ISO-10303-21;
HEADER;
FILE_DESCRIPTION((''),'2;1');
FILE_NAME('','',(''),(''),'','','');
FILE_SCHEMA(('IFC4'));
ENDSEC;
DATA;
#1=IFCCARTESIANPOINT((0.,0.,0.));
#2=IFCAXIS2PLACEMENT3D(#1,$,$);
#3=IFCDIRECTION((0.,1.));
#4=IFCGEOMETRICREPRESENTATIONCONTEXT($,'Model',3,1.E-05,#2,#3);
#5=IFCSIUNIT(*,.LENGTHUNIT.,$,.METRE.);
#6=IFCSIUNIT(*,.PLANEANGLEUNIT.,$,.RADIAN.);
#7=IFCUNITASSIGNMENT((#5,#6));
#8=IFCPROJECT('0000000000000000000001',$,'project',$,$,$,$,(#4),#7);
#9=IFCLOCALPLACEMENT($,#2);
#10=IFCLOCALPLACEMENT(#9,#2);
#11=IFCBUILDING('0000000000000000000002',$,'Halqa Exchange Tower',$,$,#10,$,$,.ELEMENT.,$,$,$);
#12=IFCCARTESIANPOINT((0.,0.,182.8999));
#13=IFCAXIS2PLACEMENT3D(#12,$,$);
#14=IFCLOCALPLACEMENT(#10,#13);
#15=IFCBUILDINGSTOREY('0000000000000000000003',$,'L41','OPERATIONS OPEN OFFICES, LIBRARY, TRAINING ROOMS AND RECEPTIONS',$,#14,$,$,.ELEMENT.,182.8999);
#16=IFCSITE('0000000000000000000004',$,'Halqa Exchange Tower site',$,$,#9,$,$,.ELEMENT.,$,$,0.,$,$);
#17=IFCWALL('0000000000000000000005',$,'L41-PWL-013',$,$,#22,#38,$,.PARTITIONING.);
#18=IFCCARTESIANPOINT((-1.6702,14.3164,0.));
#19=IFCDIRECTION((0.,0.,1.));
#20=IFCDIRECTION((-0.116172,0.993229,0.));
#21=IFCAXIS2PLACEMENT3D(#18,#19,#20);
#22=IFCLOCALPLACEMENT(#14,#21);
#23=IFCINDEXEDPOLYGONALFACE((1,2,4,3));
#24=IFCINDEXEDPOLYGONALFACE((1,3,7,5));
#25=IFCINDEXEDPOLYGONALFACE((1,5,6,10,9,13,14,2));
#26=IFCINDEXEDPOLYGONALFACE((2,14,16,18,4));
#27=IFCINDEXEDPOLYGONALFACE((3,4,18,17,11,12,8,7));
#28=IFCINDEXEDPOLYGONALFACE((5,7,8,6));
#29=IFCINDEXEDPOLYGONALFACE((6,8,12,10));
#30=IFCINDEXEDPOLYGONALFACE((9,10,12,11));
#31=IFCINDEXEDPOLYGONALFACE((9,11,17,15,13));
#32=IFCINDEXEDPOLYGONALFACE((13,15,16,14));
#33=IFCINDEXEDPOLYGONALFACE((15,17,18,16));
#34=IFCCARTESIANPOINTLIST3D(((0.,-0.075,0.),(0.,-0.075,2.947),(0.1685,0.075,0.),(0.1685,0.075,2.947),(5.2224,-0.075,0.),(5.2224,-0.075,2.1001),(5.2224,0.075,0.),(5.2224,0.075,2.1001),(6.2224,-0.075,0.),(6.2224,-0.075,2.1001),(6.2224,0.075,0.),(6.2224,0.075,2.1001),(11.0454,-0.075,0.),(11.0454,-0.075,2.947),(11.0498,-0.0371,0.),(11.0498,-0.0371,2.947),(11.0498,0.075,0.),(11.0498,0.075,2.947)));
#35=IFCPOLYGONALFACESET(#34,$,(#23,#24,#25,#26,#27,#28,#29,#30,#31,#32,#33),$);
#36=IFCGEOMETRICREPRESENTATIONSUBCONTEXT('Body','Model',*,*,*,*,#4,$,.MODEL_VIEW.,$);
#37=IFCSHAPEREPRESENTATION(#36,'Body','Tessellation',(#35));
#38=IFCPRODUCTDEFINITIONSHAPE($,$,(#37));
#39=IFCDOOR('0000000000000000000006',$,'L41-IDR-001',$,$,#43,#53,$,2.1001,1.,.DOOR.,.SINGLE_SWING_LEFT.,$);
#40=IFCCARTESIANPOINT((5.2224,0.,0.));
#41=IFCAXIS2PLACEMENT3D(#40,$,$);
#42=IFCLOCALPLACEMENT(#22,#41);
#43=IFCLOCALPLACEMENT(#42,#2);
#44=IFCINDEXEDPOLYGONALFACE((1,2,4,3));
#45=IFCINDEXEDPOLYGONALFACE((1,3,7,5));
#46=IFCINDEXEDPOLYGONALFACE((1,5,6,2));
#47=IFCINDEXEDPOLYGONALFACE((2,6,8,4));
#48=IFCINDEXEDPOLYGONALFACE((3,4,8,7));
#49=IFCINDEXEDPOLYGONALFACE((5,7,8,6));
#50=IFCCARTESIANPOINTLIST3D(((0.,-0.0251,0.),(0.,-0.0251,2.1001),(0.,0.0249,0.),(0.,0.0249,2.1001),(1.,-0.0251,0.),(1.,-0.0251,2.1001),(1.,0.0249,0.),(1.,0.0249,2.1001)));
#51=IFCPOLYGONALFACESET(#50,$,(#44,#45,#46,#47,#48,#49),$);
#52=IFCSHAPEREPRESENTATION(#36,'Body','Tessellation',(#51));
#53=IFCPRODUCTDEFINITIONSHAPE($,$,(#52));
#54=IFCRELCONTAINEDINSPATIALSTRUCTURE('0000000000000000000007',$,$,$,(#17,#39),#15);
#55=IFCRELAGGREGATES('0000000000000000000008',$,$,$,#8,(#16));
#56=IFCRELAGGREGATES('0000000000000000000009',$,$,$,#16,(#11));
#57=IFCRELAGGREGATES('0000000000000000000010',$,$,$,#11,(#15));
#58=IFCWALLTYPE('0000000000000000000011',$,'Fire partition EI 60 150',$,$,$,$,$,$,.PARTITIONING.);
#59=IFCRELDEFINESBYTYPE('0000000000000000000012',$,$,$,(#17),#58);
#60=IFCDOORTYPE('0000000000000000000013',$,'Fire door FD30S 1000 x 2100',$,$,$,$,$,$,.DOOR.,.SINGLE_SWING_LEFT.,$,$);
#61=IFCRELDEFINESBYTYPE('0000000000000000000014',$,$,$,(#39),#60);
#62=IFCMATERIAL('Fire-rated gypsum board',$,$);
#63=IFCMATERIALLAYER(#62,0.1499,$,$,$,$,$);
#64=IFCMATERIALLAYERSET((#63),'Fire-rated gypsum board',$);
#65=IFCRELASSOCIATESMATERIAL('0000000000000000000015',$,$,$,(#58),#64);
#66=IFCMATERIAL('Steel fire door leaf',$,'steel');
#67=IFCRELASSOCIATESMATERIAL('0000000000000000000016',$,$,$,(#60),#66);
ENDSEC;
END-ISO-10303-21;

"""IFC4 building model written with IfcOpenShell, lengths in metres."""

from ifc_helpers import new_model, si_unit, direction, frame, frame_2d, origin, place, context, subcontext, project, spatial, polyline, rectangle, outline, extrude, material, layer, layer_set, type_object, element, fill, save


model = new_model("IFC4")

# Units and contexts
model_context = context("Model", 3, precision=1e-05, world=origin(), true_north=direction((0.0, 1.0)))
body_context = subcontext(model_context, "Body", "Model", "MODEL_VIEW")
ifc_project = project(units=[si_unit("LENGTHUNIT", "METRE"), si_unit("PLANEANGLEUNIT", "RADIAN")], contexts=[model_context])

# Site, building, storey
site_placement = place(None, origin())
site = spatial("IfcSite", under=ifc_project, at=site_placement, Name="Halqa Exchange Tower site", CompositionType="ELEMENT", RefElevation=0.0)
building_placement = place(site_placement, origin())
building = spatial("IfcBuilding", under=site, at=building_placement, Name="Halqa Exchange Tower", CompositionType="ELEMENT")
storey_placement = place(building_placement, frame((0.0, 0.0, 182.8999)))
storey = spatial("IfcBuildingStorey", under=building, at=storey_placement, Name="L41", Description="OPERATIONS OPEN OFFICES, LIBRARY, TRAINING ROOMS AND RECEPTIONS", CompositionType="ELEMENT", Elevation=182.8999)

# Shared definitions
ifc_material_1 = material(Name="Fire-rated gypsum board")
ifc_layer_1 = layer(ifc_material_1, 0.1499)
ifc_layer_set_1 = layer_set([ifc_layer_1], Name="Fire-rated gypsum board")
wall_type_1 = type_object("IfcWallType", Name="Fire partition EI 60 150", PredefinedType="PARTITIONING", material=ifc_layer_set_1)

# Wall, opening, door
wall_1_placement = place(storey_placement, frame((-1.6702, 14.3164, 0.0), z_axis=(0.0, 0.0, 1.0), x_axis=(-0.116172, 0.993229, 0.0)))
wall_1 = element("IfcWall", 1, at=wall_1_placement, inside=storey, type_object=wall_type_1, Name="L41-PWL-013", PredefinedType="PARTITIONING", context=body_context, shape_type="SweptSolid", body=[
    extrude(outline(polyline([(0.0, -0.075), (1.8408, -0.075), (3.6819, -0.075), (5.5227, -0.075), (7.3635, -0.075), (9.2046, -0.075), (11.0454, -0.075), (11.0498, -0.0371), (11.0498, 0.075), (9.2363, 0.075), (7.4226, 0.075), (5.6091, 0.075), (3.7954, 0.075), (1.9819, 0.075), (0.1685, 0.075), (0.0842, 0.0), (0.0, -0.075), (0.0, -0.075)])), origin(), (0.0, 0.0, 1.0), 2.947),
])
opening_1_placement = place(wall_1_placement, frame((5.2224, 0.0, 0.0)))
opening_1 = element("IfcOpeningElement", 2, at=opening_1_placement, cuts=wall_1, PredefinedType="OPENING", context=body_context, shape_type="SweptSolid", body=[
    extrude(rectangle(XDim=1.0, YDim=2.1001, at=frame_2d((0.5, 1.05))), frame((0.0, 0.0869, 0.0), z_axis=(0.0, -1.0, 0.0), x_axis=(1.0, 0.0, 0.0)), (0.0, 0.0, 1.0), 0.1738),
])
ifc_material_2 = material(Name="Steel fire door leaf", Category="steel")
door_type = type_object("IfcDoorType", Name="Fire door FD30S 1000 x 2100", OperationType="SINGLE_SWING_LEFT", PredefinedType="DOOR", material=ifc_material_2)
door_placement = place(opening_1_placement, origin())
door = element("IfcDoor", 3, at=door_placement, inside=storey, type_object=door_type, Name="L41-IDR-001", OperationType="SINGLE_SWING_LEFT", OverallHeight=2.1001, OverallWidth=1.0, PredefinedType="DOOR", context=body_context, shape_type="SweptSolid", body=[
    extrude(rectangle(XDim=1.0, YDim=2.1001, at=frame_2d((0.5, 1.05))), frame((0.0, 0.0249, 0.0), z_axis=(0.0, -1.0, 0.0), x_axis=(1.0, 0.0, 0.0)), (0.0, 0.0, 1.0), 0.05),
])
fill(opening_1, door)

save(model, "model.ifc")
